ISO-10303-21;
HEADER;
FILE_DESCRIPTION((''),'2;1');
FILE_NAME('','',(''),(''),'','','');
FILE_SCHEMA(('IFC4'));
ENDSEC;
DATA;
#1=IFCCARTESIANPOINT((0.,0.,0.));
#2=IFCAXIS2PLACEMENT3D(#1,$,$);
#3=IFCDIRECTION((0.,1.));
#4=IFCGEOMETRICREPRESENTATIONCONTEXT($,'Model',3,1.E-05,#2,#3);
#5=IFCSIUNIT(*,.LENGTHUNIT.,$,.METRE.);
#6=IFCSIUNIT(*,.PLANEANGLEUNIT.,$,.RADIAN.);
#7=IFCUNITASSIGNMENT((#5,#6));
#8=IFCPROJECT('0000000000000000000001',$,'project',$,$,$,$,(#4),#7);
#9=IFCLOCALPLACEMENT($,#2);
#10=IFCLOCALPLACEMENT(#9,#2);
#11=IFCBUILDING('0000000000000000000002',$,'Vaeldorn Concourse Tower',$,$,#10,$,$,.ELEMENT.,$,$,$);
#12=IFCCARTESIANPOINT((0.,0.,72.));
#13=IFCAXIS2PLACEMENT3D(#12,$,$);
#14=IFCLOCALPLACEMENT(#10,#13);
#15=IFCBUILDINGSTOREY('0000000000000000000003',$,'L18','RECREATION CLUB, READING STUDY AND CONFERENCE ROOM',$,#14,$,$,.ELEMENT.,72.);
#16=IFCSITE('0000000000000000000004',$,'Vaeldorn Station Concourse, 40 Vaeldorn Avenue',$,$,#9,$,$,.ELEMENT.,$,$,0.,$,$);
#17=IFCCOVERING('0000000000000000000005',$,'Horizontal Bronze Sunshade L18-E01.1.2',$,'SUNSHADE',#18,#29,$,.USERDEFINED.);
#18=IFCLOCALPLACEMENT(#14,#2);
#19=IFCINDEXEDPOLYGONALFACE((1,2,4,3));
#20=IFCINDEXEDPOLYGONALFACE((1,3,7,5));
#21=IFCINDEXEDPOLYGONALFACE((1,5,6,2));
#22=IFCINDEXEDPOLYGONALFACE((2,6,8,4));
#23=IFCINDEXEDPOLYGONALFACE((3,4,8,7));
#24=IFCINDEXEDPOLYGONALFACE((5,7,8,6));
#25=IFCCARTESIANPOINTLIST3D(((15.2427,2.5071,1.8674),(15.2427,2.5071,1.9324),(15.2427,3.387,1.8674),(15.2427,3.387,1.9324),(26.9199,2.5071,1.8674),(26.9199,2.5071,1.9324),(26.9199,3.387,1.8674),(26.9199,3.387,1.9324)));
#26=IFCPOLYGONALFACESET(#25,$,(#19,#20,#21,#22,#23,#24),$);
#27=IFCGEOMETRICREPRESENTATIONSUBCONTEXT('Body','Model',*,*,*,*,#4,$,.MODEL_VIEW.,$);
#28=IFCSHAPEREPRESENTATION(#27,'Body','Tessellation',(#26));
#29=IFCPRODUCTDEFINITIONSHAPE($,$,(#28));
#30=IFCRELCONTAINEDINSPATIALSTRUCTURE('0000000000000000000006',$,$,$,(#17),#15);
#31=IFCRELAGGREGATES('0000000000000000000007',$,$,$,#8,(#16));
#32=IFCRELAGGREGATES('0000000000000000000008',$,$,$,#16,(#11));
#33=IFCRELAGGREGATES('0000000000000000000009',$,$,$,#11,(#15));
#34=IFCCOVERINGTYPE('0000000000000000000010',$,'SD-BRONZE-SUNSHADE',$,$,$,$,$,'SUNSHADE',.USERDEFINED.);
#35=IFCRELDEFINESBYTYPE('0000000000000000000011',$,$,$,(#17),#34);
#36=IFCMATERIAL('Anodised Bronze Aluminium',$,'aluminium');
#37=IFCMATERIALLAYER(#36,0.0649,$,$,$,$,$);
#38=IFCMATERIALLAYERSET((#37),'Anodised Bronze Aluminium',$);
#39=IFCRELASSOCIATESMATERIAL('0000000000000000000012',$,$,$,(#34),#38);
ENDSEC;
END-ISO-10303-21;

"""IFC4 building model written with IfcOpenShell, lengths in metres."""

from ifc_helpers import new_model, si_unit, direction, frame, origin, origin_2d, place, context, subcontext, project, spatial, rectangle, extrude, source, transform, mapped, material, layer, layer_set, type_object, element, save


model = new_model("IFC4")

# Units and contexts
model_context = context("Model", 3, precision=1e-05, world=origin(), true_north=direction((0.0, 1.0)))
body_context = subcontext(model_context, "Body", "Model", "MODEL_VIEW")
ifc_project = project(units=[si_unit("LENGTHUNIT", "METRE"), si_unit("PLANEANGLEUNIT", "RADIAN")], contexts=[model_context])

# Site, building, storey
site_placement = place(None, origin())
site = spatial("IfcSite", under=ifc_project, at=site_placement, Name="Vaeldorn Station Concourse, 40 Vaeldorn Avenue", CompositionType="ELEMENT", RefElevation=0.0)
building_placement = place(site_placement, origin())
building = spatial("IfcBuilding", under=site, at=building_placement, Name="Vaeldorn Concourse Tower", CompositionType="ELEMENT")
storey_placement = place(building_placement, frame((0.0, 0.0, 72.0)))
storey = spatial("IfcBuildingStorey", under=building, at=storey_placement, Name="L18", Description="RECREATION CLUB, READING STUDY AND CONFERENCE ROOM", CompositionType="ELEMENT", Elevation=72.0)

# Shared definitions
ifc_material_1 = material(Name="Anodised Bronze Aluminium", Category="aluminium")

# Covering
ifc_layer_1 = layer(ifc_material_1, 0.0649)
ifc_layer_set_1 = layer_set([ifc_layer_1], Name="Anodised Bronze Aluminium")
covering_type = type_object("IfcCoveringType", Name="SD-BRONZE-SUNSHADE", ElementType="SUNSHADE", PredefinedType="USERDEFINED", material=ifc_layer_set_1)
shared_shape_1 = source(origin(), body_context, "Body", "SweptSolid", [
    extrude(rectangle(XDim=11.6772, YDim=0.8799, at=origin_2d()), origin(), (0.0, 0.0, 1.0), 0.0649),
])
for number, where, z_axis, x_axis, name in (
    (1, (21.0813, 2.947, 1.8674), (0.0, 0.0, 1.0), (1.0, 0.0, 0.0), "Horizontal Bronze Sunshade L18-E01.1.2"),
):
    element("IfcCovering", number, at=place(storey_placement, frame(where, z_axis=z_axis, x_axis=x_axis)), inside=storey, type_object=covering_type, Name=name, ObjectType="SUNSHADE", PredefinedType="USERDEFINED", context=body_context, shape_type="MappedRepresentation", body=[
        mapped(shared_shape_1, transform((0.0, 0.0, 0.0), scale=1.0)),
    ])

save(model, "model.ifc")
